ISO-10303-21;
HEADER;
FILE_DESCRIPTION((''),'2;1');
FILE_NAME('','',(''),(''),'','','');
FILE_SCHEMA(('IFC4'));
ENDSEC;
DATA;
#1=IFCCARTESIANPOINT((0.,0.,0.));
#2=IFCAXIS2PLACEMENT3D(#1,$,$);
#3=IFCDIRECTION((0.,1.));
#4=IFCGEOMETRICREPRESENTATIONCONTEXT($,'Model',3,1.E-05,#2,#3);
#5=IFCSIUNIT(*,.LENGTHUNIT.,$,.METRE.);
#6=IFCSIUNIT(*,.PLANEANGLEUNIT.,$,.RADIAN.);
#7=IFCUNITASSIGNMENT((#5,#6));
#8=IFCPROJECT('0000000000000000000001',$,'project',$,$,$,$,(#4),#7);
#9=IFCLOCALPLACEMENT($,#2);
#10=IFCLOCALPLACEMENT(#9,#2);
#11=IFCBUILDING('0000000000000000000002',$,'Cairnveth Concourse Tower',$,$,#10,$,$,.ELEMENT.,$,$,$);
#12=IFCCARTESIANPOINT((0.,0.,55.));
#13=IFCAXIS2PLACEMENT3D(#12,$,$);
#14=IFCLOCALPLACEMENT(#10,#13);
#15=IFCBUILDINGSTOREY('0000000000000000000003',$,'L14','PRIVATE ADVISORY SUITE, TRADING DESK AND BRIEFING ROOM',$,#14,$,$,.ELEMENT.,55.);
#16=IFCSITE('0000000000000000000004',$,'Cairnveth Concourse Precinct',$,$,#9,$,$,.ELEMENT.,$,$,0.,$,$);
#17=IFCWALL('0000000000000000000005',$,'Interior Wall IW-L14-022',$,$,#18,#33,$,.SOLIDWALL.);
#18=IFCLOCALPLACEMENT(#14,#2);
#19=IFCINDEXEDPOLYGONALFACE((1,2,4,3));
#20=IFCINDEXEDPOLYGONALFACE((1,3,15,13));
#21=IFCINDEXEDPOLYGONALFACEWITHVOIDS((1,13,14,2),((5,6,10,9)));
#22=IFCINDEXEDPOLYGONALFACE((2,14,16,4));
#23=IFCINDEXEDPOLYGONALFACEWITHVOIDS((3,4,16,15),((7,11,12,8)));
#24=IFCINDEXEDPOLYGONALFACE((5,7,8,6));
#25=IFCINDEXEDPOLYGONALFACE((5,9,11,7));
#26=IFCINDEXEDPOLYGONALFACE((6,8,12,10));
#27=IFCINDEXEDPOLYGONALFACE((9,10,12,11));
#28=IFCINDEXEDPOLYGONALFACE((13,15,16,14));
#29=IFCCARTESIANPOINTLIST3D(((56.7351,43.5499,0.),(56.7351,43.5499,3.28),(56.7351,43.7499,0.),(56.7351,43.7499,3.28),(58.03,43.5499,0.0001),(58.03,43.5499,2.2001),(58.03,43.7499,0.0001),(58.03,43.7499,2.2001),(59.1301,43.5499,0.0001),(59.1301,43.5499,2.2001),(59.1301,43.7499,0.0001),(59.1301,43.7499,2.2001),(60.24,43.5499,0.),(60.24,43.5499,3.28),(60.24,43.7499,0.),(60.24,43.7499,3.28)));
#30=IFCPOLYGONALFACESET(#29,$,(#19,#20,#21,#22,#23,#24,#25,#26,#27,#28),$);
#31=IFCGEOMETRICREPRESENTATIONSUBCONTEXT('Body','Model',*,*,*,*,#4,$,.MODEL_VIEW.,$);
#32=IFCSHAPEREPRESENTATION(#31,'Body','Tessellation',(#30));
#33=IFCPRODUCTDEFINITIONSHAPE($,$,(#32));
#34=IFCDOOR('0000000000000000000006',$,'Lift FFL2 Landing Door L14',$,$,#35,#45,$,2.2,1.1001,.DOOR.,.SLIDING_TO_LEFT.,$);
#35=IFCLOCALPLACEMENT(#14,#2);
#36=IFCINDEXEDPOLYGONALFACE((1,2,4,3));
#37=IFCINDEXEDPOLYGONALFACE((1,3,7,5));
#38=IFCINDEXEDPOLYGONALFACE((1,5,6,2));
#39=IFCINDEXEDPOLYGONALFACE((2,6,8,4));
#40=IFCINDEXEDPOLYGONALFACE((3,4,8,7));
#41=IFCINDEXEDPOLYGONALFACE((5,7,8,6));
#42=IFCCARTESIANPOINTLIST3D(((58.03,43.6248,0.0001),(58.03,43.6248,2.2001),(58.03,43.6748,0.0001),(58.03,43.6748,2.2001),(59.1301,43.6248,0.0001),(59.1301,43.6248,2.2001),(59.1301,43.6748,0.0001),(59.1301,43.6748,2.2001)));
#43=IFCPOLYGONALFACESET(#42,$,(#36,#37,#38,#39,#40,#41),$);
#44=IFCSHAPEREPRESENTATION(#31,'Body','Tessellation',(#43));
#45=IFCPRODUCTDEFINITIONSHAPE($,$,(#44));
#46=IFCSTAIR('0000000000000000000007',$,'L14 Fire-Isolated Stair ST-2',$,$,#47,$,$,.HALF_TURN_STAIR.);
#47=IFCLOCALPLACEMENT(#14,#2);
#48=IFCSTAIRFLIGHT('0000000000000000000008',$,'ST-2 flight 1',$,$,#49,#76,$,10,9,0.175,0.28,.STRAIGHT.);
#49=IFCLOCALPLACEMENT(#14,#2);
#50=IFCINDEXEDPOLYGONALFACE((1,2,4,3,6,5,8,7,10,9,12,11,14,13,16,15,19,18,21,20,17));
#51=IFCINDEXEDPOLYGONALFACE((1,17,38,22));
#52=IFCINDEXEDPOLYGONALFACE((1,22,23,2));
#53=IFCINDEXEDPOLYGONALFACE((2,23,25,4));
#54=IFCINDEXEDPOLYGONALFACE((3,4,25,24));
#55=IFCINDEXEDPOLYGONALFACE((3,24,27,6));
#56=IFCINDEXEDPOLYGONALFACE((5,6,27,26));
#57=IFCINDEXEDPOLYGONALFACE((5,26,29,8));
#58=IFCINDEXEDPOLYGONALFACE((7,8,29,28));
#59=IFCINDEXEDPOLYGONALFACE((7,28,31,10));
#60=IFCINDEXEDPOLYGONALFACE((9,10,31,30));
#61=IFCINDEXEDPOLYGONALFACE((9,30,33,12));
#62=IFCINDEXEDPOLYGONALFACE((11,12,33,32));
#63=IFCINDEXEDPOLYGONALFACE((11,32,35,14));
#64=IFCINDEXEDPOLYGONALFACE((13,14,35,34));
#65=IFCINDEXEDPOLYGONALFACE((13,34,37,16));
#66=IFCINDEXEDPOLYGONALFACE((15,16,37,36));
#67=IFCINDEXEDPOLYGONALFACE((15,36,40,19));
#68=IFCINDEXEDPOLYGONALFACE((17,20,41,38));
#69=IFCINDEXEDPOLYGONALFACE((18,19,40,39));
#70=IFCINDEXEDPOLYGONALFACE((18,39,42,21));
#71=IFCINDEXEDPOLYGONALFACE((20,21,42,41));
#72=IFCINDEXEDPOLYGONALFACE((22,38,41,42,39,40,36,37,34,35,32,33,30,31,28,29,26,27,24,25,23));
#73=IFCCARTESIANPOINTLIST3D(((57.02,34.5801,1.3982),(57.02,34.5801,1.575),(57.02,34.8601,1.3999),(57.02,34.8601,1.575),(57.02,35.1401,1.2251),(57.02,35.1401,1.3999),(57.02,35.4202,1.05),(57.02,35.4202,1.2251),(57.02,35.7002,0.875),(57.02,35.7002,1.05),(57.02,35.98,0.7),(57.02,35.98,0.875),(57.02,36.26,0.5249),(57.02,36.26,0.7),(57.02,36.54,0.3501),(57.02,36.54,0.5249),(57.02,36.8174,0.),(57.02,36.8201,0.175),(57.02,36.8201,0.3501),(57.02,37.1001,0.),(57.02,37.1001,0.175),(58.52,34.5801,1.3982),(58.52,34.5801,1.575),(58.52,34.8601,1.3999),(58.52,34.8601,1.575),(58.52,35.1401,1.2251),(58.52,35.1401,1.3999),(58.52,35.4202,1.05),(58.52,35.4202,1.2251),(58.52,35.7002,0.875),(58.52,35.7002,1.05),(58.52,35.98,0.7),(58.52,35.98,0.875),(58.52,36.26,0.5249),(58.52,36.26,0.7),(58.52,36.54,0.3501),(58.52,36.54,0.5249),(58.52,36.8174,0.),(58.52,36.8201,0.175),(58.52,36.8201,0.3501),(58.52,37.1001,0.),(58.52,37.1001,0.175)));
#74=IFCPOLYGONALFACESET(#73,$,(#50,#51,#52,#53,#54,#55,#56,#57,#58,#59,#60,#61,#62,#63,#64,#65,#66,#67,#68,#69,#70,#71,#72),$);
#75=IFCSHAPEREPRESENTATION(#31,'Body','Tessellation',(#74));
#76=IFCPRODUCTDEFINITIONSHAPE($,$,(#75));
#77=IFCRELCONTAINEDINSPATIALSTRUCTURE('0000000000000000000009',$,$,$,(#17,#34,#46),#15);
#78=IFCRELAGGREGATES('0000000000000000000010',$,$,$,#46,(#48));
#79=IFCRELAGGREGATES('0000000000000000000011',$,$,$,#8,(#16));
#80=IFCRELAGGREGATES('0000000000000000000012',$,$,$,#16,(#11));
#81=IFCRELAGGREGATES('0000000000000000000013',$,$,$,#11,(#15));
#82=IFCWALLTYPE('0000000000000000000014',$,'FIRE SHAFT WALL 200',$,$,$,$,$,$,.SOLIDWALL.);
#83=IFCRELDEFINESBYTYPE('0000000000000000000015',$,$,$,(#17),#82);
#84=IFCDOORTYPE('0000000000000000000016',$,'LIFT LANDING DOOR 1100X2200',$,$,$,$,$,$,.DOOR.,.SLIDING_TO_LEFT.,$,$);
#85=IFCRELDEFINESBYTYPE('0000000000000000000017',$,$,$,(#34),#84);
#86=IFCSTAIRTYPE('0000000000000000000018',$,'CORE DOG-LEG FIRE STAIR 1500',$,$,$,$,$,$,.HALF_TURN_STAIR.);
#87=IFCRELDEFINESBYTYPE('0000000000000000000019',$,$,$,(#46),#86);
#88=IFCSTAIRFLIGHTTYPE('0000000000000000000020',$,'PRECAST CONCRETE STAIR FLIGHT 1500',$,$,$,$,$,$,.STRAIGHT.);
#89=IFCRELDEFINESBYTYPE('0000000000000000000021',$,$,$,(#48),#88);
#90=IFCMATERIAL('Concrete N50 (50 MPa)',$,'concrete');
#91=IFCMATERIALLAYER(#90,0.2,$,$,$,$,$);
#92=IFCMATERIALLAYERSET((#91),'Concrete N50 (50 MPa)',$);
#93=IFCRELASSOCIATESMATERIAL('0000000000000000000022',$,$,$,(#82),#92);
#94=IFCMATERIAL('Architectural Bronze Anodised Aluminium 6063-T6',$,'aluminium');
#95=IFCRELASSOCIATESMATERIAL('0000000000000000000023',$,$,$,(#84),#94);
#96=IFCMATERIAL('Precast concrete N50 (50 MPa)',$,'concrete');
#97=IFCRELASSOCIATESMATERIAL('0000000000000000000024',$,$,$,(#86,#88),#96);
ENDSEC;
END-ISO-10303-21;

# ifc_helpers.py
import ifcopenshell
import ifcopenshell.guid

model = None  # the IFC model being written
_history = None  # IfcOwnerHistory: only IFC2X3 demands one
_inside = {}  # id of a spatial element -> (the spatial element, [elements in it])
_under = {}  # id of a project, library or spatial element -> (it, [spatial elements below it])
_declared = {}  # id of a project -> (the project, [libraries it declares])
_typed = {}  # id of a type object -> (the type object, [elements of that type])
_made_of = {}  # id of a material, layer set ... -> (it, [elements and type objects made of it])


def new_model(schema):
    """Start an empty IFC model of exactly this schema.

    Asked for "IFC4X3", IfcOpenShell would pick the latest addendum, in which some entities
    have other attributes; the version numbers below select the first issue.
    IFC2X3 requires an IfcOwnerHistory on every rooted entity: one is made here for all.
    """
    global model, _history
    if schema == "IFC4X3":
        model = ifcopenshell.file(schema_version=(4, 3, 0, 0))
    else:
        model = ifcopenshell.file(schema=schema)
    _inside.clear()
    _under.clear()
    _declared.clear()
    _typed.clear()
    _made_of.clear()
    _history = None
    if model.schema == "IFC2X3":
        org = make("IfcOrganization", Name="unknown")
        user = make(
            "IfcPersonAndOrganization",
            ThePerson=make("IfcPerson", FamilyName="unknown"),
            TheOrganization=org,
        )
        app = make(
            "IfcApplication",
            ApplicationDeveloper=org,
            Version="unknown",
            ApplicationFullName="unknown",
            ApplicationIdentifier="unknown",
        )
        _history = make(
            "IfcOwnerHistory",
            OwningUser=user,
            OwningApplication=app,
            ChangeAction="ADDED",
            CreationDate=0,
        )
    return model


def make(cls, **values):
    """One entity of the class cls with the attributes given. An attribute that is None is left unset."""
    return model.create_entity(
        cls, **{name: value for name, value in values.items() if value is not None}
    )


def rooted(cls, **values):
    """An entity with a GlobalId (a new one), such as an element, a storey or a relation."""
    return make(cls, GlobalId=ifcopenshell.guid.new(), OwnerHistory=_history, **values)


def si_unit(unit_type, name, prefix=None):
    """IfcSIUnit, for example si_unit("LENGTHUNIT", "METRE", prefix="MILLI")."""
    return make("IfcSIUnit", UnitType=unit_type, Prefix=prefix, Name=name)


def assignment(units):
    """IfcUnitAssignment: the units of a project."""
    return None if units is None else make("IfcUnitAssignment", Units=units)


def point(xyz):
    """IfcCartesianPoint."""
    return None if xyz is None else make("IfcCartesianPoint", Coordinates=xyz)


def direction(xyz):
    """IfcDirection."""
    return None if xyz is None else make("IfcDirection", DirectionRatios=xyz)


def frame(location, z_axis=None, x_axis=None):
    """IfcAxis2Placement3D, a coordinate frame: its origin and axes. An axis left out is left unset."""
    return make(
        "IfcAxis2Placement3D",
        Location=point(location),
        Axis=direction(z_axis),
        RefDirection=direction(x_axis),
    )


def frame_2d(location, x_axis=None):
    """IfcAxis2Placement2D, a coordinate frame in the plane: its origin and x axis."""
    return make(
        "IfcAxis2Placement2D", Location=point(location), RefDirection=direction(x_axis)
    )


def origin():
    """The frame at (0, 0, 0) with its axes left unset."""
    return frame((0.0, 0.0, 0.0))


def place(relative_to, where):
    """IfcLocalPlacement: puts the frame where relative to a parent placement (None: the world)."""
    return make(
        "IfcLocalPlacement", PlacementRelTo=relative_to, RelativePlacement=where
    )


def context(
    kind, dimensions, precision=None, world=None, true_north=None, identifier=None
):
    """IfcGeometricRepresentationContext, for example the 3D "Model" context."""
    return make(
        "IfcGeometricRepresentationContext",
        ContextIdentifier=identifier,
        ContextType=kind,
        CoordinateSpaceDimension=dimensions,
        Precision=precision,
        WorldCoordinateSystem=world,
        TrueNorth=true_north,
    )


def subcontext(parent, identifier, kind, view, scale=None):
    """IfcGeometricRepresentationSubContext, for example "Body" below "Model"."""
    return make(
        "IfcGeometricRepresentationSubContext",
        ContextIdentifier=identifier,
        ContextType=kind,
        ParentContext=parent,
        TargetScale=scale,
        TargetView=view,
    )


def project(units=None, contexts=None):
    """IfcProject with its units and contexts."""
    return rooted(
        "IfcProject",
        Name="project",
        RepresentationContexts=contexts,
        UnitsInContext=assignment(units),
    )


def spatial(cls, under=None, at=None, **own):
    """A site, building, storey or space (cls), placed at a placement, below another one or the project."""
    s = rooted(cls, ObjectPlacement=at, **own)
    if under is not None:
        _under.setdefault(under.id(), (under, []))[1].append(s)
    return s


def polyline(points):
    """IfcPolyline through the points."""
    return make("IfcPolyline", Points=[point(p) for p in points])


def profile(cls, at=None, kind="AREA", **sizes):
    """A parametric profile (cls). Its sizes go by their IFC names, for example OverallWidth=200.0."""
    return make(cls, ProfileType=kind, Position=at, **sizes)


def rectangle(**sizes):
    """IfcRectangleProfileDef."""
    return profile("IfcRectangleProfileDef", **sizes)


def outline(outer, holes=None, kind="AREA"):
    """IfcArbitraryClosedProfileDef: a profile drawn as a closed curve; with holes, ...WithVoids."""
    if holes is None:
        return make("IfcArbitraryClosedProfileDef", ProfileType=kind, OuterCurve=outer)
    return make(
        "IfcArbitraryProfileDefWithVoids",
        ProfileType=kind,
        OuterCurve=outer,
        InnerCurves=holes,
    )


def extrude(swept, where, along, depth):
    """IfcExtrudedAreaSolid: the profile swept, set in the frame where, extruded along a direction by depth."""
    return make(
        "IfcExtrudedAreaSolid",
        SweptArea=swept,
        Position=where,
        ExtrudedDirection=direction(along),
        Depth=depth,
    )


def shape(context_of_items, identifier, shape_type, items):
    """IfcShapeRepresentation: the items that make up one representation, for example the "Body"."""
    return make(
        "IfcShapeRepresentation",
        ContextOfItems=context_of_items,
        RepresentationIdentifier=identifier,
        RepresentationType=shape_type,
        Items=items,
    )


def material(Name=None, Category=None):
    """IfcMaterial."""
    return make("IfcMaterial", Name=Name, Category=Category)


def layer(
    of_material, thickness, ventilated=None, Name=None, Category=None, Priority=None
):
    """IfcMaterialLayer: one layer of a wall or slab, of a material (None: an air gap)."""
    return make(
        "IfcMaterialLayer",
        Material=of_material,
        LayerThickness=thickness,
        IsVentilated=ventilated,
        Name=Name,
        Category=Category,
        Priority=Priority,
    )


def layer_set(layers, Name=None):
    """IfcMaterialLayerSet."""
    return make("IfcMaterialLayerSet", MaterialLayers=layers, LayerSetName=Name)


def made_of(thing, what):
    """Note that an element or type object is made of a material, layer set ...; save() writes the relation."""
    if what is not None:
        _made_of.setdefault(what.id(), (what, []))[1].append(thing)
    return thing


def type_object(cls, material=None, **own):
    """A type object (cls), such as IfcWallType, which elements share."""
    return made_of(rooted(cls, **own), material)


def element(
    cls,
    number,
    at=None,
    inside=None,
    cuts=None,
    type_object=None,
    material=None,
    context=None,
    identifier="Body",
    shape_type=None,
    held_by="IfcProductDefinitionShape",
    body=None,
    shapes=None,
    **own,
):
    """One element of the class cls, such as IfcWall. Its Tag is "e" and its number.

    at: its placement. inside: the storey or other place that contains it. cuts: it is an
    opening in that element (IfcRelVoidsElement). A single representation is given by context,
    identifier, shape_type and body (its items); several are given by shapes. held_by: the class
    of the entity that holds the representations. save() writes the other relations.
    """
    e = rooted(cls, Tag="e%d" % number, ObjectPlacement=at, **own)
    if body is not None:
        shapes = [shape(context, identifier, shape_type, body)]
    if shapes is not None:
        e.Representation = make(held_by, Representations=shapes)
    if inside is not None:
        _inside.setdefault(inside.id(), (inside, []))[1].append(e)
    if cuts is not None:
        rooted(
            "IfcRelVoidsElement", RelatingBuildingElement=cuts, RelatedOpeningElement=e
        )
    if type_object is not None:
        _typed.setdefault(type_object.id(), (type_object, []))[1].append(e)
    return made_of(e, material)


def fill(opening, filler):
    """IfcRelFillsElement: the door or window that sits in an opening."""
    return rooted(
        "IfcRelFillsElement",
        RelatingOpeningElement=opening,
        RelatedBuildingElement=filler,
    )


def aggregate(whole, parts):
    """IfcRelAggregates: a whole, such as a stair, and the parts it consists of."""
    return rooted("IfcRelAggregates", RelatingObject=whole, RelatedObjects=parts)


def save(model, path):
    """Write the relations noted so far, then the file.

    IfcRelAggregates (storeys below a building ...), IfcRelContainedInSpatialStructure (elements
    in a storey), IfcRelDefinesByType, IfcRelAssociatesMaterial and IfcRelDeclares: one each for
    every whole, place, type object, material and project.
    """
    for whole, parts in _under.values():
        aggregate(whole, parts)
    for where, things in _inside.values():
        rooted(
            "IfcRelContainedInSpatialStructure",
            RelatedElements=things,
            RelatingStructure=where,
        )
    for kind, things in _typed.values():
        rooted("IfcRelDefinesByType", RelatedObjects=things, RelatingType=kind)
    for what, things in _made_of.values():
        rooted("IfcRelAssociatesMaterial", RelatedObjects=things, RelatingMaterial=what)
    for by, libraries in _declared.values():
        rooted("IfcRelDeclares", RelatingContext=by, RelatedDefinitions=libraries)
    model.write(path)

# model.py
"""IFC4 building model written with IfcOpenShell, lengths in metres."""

from ifc_helpers import new_model, si_unit, direction, frame, frame_2d, origin, place, context, subcontext, project, spatial, polyline, rectangle, outline, extrude, material, layer, layer_set, type_object, element, fill, aggregate, save


model = new_model("IFC4")

# Units and contexts
model_context = context("Model", 3, precision=1e-05, world=origin(), true_north=direction((0.0, 1.0)))
body_context = subcontext(model_context, "Body", "Model", "MODEL_VIEW")
ifc_project = project(units=[si_unit("LENGTHUNIT", "METRE"), si_unit("PLANEANGLEUNIT", "RADIAN")], contexts=[model_context])

# Site, building, storey
site_placement = place(None, origin())
site = spatial("IfcSite", under=ifc_project, at=site_placement, Name="Cairnveth Concourse Precinct", CompositionType="ELEMENT", RefElevation=0.0)
building_placement = place(site_placement, origin())
building = spatial("IfcBuilding", under=site, at=building_placement, Name="Cairnveth Concourse Tower", CompositionType="ELEMENT")
storey_placement = place(building_placement, frame((0.0, 0.0, 55.0)))
storey = spatial("IfcBuildingStorey", under=building, at=storey_placement, Name="L14", Description="PRIVATE ADVISORY SUITE, TRADING DESK AND BRIEFING ROOM", CompositionType="ELEMENT", Elevation=55.0)

# Shared definitions
ifc_material_1 = material(Name="Concrete N50 (50 MPa)", Category="concrete")

# Shared definitions
ifc_layer_1 = layer(ifc_material_1, 0.2)
ifc_layer_set_1 = layer_set([ifc_layer_1], Name="Concrete N50 (50 MPa)")
wall_type_1 = type_object("IfcWallType", Name="FIRE SHAFT WALL 200", PredefinedType="SOLIDWALL", material=ifc_layer_set_1)

# Wall, opening, door
wall_1_placement = place(storey_placement, frame((56.7351, 43.6499, 0.0), z_axis=(0.0, 0.0, 1.0), x_axis=(1.0, 0.0, 0.0)))
wall_1 = element("IfcWall", 1, at=wall_1_placement, inside=storey, type_object=wall_type_1, Name="Interior Wall IW-L14-022", PredefinedType="SOLIDWALL", context=body_context, shape_type="SweptSolid", body=[
    extrude(rectangle(XDim=3.5049, YDim=0.2, at=frame_2d((1.7524, 0.0))), origin(), (0.0, 0.0, 1.0), 3.28),
])
opening_1_placement = place(wall_1_placement, frame((1.2949, 0.0, 0.0)))
opening_1 = element("IfcOpeningElement", 2, at=opening_1_placement, cuts=wall_1, PredefinedType="OPENING", context=body_context, shape_type="SweptSolid", body=[
    extrude(rectangle(XDim=1.1001, YDim=2.2, at=frame_2d((0.55, 1.1001))), frame((0.0, 0.1099, 0.0), z_axis=(0.0, -1.0, 0.0), x_axis=(1.0, 0.0, 0.0)), (0.0, 0.0, 1.0), 0.22),
])
ifc_material_2 = material(Name="Architectural Bronze Anodised Aluminium 6063-T6", Category="aluminium")
door_type_1 = type_object("IfcDoorType", Name="LIFT LANDING DOOR 1100X2200", OperationType="SLIDING_TO_LEFT", PredefinedType="DOOR", material=ifc_material_2)
door_1_placement = place(opening_1_placement, origin())
door_1 = element("IfcDoor", 3, at=door_1_placement, inside=storey, type_object=door_type_1, Name="Lift FFL2 Landing Door L14", OperationType="SLIDING_TO_LEFT", OverallHeight=2.2, OverallWidth=1.1001, PredefinedType="DOOR", context=body_context, shape_type="SweptSolid", body=[
    extrude(rectangle(XDim=1.1001, YDim=2.2, at=frame_2d((0.55, 1.1001))), frame((0.0, 0.0249, 0.0), z_axis=(0.0, -1.0, 0.0), x_axis=(1.0, 0.0, 0.0)), (0.0, 0.0, 1.0), 0.05),
])
fill(opening_1, door_1)

# Stair, stair flight
ifc_material_3 = material(Name="Precast concrete N50 (50 MPa)", Category="concrete")
stair_type = type_object("IfcStairType", Name="CORE DOG-LEG FIRE STAIR 1500", PredefinedType="HALF_TURN_STAIR", material=ifc_material_3)
stair_placement = place(storey_placement, origin())
stair = element("IfcStair", 4, at=stair_placement, inside=storey, type_object=stair_type, Name="L14 Fire-Isolated Stair ST-2", PredefinedType="HALF_TURN_STAIR")
stair_flight_type = type_object("IfcStairFlightType", Name="PRECAST CONCRETE STAIR FLIGHT 1500", PredefinedType="STRAIGHT", material=ifc_material_3)
stair_flight_placement = place(storey_placement, frame((57.77, 37.1001, 0.0), z_axis=(0.0, 0.0, 1.0), x_axis=(0.0, -1.0, 0.0)))
stair_flight = element("IfcStairFlight", 5, at=stair_flight_placement, type_object=stair_flight_type, Name="ST-2 flight 1", NumberOfRisers=10, NumberOfTreads=9, PredefinedType="STRAIGHT", RiserHeight=0.175, TreadLength=0.28, context=body_context, shape_type="SweptSolid", body=[
    extrude(outline(polyline([(0.0, 0.0), (0.0, 0.175), (0.28, 0.175), (0.28, 0.3501), (0.5601, 0.3501), (0.5601, 0.5249), (0.8401, 0.5249), (0.8401, 0.7), (1.1201, 0.7), (1.1201, 0.875), (1.3999, 0.875), (1.3999, 1.05), (1.6799, 1.05), (1.6799, 1.2251), (1.96, 1.2251), (1.96, 1.3999), (2.24, 1.3999), (2.24, 1.575), (2.52, 1.575), (2.52, 1.75), (2.52, 1.3982), (0.2827, 0.0), (0.0, 0.0)])), frame((0.0, 0.75, 0.0), z_axis=(0.0, -1.0, 0.0), x_axis=(1.0, 0.0, 0.0)), (0.0, 0.0, 1.0), 1.5),
])
aggregate(stair, [stair_flight])

save(model, "model.ifc")
